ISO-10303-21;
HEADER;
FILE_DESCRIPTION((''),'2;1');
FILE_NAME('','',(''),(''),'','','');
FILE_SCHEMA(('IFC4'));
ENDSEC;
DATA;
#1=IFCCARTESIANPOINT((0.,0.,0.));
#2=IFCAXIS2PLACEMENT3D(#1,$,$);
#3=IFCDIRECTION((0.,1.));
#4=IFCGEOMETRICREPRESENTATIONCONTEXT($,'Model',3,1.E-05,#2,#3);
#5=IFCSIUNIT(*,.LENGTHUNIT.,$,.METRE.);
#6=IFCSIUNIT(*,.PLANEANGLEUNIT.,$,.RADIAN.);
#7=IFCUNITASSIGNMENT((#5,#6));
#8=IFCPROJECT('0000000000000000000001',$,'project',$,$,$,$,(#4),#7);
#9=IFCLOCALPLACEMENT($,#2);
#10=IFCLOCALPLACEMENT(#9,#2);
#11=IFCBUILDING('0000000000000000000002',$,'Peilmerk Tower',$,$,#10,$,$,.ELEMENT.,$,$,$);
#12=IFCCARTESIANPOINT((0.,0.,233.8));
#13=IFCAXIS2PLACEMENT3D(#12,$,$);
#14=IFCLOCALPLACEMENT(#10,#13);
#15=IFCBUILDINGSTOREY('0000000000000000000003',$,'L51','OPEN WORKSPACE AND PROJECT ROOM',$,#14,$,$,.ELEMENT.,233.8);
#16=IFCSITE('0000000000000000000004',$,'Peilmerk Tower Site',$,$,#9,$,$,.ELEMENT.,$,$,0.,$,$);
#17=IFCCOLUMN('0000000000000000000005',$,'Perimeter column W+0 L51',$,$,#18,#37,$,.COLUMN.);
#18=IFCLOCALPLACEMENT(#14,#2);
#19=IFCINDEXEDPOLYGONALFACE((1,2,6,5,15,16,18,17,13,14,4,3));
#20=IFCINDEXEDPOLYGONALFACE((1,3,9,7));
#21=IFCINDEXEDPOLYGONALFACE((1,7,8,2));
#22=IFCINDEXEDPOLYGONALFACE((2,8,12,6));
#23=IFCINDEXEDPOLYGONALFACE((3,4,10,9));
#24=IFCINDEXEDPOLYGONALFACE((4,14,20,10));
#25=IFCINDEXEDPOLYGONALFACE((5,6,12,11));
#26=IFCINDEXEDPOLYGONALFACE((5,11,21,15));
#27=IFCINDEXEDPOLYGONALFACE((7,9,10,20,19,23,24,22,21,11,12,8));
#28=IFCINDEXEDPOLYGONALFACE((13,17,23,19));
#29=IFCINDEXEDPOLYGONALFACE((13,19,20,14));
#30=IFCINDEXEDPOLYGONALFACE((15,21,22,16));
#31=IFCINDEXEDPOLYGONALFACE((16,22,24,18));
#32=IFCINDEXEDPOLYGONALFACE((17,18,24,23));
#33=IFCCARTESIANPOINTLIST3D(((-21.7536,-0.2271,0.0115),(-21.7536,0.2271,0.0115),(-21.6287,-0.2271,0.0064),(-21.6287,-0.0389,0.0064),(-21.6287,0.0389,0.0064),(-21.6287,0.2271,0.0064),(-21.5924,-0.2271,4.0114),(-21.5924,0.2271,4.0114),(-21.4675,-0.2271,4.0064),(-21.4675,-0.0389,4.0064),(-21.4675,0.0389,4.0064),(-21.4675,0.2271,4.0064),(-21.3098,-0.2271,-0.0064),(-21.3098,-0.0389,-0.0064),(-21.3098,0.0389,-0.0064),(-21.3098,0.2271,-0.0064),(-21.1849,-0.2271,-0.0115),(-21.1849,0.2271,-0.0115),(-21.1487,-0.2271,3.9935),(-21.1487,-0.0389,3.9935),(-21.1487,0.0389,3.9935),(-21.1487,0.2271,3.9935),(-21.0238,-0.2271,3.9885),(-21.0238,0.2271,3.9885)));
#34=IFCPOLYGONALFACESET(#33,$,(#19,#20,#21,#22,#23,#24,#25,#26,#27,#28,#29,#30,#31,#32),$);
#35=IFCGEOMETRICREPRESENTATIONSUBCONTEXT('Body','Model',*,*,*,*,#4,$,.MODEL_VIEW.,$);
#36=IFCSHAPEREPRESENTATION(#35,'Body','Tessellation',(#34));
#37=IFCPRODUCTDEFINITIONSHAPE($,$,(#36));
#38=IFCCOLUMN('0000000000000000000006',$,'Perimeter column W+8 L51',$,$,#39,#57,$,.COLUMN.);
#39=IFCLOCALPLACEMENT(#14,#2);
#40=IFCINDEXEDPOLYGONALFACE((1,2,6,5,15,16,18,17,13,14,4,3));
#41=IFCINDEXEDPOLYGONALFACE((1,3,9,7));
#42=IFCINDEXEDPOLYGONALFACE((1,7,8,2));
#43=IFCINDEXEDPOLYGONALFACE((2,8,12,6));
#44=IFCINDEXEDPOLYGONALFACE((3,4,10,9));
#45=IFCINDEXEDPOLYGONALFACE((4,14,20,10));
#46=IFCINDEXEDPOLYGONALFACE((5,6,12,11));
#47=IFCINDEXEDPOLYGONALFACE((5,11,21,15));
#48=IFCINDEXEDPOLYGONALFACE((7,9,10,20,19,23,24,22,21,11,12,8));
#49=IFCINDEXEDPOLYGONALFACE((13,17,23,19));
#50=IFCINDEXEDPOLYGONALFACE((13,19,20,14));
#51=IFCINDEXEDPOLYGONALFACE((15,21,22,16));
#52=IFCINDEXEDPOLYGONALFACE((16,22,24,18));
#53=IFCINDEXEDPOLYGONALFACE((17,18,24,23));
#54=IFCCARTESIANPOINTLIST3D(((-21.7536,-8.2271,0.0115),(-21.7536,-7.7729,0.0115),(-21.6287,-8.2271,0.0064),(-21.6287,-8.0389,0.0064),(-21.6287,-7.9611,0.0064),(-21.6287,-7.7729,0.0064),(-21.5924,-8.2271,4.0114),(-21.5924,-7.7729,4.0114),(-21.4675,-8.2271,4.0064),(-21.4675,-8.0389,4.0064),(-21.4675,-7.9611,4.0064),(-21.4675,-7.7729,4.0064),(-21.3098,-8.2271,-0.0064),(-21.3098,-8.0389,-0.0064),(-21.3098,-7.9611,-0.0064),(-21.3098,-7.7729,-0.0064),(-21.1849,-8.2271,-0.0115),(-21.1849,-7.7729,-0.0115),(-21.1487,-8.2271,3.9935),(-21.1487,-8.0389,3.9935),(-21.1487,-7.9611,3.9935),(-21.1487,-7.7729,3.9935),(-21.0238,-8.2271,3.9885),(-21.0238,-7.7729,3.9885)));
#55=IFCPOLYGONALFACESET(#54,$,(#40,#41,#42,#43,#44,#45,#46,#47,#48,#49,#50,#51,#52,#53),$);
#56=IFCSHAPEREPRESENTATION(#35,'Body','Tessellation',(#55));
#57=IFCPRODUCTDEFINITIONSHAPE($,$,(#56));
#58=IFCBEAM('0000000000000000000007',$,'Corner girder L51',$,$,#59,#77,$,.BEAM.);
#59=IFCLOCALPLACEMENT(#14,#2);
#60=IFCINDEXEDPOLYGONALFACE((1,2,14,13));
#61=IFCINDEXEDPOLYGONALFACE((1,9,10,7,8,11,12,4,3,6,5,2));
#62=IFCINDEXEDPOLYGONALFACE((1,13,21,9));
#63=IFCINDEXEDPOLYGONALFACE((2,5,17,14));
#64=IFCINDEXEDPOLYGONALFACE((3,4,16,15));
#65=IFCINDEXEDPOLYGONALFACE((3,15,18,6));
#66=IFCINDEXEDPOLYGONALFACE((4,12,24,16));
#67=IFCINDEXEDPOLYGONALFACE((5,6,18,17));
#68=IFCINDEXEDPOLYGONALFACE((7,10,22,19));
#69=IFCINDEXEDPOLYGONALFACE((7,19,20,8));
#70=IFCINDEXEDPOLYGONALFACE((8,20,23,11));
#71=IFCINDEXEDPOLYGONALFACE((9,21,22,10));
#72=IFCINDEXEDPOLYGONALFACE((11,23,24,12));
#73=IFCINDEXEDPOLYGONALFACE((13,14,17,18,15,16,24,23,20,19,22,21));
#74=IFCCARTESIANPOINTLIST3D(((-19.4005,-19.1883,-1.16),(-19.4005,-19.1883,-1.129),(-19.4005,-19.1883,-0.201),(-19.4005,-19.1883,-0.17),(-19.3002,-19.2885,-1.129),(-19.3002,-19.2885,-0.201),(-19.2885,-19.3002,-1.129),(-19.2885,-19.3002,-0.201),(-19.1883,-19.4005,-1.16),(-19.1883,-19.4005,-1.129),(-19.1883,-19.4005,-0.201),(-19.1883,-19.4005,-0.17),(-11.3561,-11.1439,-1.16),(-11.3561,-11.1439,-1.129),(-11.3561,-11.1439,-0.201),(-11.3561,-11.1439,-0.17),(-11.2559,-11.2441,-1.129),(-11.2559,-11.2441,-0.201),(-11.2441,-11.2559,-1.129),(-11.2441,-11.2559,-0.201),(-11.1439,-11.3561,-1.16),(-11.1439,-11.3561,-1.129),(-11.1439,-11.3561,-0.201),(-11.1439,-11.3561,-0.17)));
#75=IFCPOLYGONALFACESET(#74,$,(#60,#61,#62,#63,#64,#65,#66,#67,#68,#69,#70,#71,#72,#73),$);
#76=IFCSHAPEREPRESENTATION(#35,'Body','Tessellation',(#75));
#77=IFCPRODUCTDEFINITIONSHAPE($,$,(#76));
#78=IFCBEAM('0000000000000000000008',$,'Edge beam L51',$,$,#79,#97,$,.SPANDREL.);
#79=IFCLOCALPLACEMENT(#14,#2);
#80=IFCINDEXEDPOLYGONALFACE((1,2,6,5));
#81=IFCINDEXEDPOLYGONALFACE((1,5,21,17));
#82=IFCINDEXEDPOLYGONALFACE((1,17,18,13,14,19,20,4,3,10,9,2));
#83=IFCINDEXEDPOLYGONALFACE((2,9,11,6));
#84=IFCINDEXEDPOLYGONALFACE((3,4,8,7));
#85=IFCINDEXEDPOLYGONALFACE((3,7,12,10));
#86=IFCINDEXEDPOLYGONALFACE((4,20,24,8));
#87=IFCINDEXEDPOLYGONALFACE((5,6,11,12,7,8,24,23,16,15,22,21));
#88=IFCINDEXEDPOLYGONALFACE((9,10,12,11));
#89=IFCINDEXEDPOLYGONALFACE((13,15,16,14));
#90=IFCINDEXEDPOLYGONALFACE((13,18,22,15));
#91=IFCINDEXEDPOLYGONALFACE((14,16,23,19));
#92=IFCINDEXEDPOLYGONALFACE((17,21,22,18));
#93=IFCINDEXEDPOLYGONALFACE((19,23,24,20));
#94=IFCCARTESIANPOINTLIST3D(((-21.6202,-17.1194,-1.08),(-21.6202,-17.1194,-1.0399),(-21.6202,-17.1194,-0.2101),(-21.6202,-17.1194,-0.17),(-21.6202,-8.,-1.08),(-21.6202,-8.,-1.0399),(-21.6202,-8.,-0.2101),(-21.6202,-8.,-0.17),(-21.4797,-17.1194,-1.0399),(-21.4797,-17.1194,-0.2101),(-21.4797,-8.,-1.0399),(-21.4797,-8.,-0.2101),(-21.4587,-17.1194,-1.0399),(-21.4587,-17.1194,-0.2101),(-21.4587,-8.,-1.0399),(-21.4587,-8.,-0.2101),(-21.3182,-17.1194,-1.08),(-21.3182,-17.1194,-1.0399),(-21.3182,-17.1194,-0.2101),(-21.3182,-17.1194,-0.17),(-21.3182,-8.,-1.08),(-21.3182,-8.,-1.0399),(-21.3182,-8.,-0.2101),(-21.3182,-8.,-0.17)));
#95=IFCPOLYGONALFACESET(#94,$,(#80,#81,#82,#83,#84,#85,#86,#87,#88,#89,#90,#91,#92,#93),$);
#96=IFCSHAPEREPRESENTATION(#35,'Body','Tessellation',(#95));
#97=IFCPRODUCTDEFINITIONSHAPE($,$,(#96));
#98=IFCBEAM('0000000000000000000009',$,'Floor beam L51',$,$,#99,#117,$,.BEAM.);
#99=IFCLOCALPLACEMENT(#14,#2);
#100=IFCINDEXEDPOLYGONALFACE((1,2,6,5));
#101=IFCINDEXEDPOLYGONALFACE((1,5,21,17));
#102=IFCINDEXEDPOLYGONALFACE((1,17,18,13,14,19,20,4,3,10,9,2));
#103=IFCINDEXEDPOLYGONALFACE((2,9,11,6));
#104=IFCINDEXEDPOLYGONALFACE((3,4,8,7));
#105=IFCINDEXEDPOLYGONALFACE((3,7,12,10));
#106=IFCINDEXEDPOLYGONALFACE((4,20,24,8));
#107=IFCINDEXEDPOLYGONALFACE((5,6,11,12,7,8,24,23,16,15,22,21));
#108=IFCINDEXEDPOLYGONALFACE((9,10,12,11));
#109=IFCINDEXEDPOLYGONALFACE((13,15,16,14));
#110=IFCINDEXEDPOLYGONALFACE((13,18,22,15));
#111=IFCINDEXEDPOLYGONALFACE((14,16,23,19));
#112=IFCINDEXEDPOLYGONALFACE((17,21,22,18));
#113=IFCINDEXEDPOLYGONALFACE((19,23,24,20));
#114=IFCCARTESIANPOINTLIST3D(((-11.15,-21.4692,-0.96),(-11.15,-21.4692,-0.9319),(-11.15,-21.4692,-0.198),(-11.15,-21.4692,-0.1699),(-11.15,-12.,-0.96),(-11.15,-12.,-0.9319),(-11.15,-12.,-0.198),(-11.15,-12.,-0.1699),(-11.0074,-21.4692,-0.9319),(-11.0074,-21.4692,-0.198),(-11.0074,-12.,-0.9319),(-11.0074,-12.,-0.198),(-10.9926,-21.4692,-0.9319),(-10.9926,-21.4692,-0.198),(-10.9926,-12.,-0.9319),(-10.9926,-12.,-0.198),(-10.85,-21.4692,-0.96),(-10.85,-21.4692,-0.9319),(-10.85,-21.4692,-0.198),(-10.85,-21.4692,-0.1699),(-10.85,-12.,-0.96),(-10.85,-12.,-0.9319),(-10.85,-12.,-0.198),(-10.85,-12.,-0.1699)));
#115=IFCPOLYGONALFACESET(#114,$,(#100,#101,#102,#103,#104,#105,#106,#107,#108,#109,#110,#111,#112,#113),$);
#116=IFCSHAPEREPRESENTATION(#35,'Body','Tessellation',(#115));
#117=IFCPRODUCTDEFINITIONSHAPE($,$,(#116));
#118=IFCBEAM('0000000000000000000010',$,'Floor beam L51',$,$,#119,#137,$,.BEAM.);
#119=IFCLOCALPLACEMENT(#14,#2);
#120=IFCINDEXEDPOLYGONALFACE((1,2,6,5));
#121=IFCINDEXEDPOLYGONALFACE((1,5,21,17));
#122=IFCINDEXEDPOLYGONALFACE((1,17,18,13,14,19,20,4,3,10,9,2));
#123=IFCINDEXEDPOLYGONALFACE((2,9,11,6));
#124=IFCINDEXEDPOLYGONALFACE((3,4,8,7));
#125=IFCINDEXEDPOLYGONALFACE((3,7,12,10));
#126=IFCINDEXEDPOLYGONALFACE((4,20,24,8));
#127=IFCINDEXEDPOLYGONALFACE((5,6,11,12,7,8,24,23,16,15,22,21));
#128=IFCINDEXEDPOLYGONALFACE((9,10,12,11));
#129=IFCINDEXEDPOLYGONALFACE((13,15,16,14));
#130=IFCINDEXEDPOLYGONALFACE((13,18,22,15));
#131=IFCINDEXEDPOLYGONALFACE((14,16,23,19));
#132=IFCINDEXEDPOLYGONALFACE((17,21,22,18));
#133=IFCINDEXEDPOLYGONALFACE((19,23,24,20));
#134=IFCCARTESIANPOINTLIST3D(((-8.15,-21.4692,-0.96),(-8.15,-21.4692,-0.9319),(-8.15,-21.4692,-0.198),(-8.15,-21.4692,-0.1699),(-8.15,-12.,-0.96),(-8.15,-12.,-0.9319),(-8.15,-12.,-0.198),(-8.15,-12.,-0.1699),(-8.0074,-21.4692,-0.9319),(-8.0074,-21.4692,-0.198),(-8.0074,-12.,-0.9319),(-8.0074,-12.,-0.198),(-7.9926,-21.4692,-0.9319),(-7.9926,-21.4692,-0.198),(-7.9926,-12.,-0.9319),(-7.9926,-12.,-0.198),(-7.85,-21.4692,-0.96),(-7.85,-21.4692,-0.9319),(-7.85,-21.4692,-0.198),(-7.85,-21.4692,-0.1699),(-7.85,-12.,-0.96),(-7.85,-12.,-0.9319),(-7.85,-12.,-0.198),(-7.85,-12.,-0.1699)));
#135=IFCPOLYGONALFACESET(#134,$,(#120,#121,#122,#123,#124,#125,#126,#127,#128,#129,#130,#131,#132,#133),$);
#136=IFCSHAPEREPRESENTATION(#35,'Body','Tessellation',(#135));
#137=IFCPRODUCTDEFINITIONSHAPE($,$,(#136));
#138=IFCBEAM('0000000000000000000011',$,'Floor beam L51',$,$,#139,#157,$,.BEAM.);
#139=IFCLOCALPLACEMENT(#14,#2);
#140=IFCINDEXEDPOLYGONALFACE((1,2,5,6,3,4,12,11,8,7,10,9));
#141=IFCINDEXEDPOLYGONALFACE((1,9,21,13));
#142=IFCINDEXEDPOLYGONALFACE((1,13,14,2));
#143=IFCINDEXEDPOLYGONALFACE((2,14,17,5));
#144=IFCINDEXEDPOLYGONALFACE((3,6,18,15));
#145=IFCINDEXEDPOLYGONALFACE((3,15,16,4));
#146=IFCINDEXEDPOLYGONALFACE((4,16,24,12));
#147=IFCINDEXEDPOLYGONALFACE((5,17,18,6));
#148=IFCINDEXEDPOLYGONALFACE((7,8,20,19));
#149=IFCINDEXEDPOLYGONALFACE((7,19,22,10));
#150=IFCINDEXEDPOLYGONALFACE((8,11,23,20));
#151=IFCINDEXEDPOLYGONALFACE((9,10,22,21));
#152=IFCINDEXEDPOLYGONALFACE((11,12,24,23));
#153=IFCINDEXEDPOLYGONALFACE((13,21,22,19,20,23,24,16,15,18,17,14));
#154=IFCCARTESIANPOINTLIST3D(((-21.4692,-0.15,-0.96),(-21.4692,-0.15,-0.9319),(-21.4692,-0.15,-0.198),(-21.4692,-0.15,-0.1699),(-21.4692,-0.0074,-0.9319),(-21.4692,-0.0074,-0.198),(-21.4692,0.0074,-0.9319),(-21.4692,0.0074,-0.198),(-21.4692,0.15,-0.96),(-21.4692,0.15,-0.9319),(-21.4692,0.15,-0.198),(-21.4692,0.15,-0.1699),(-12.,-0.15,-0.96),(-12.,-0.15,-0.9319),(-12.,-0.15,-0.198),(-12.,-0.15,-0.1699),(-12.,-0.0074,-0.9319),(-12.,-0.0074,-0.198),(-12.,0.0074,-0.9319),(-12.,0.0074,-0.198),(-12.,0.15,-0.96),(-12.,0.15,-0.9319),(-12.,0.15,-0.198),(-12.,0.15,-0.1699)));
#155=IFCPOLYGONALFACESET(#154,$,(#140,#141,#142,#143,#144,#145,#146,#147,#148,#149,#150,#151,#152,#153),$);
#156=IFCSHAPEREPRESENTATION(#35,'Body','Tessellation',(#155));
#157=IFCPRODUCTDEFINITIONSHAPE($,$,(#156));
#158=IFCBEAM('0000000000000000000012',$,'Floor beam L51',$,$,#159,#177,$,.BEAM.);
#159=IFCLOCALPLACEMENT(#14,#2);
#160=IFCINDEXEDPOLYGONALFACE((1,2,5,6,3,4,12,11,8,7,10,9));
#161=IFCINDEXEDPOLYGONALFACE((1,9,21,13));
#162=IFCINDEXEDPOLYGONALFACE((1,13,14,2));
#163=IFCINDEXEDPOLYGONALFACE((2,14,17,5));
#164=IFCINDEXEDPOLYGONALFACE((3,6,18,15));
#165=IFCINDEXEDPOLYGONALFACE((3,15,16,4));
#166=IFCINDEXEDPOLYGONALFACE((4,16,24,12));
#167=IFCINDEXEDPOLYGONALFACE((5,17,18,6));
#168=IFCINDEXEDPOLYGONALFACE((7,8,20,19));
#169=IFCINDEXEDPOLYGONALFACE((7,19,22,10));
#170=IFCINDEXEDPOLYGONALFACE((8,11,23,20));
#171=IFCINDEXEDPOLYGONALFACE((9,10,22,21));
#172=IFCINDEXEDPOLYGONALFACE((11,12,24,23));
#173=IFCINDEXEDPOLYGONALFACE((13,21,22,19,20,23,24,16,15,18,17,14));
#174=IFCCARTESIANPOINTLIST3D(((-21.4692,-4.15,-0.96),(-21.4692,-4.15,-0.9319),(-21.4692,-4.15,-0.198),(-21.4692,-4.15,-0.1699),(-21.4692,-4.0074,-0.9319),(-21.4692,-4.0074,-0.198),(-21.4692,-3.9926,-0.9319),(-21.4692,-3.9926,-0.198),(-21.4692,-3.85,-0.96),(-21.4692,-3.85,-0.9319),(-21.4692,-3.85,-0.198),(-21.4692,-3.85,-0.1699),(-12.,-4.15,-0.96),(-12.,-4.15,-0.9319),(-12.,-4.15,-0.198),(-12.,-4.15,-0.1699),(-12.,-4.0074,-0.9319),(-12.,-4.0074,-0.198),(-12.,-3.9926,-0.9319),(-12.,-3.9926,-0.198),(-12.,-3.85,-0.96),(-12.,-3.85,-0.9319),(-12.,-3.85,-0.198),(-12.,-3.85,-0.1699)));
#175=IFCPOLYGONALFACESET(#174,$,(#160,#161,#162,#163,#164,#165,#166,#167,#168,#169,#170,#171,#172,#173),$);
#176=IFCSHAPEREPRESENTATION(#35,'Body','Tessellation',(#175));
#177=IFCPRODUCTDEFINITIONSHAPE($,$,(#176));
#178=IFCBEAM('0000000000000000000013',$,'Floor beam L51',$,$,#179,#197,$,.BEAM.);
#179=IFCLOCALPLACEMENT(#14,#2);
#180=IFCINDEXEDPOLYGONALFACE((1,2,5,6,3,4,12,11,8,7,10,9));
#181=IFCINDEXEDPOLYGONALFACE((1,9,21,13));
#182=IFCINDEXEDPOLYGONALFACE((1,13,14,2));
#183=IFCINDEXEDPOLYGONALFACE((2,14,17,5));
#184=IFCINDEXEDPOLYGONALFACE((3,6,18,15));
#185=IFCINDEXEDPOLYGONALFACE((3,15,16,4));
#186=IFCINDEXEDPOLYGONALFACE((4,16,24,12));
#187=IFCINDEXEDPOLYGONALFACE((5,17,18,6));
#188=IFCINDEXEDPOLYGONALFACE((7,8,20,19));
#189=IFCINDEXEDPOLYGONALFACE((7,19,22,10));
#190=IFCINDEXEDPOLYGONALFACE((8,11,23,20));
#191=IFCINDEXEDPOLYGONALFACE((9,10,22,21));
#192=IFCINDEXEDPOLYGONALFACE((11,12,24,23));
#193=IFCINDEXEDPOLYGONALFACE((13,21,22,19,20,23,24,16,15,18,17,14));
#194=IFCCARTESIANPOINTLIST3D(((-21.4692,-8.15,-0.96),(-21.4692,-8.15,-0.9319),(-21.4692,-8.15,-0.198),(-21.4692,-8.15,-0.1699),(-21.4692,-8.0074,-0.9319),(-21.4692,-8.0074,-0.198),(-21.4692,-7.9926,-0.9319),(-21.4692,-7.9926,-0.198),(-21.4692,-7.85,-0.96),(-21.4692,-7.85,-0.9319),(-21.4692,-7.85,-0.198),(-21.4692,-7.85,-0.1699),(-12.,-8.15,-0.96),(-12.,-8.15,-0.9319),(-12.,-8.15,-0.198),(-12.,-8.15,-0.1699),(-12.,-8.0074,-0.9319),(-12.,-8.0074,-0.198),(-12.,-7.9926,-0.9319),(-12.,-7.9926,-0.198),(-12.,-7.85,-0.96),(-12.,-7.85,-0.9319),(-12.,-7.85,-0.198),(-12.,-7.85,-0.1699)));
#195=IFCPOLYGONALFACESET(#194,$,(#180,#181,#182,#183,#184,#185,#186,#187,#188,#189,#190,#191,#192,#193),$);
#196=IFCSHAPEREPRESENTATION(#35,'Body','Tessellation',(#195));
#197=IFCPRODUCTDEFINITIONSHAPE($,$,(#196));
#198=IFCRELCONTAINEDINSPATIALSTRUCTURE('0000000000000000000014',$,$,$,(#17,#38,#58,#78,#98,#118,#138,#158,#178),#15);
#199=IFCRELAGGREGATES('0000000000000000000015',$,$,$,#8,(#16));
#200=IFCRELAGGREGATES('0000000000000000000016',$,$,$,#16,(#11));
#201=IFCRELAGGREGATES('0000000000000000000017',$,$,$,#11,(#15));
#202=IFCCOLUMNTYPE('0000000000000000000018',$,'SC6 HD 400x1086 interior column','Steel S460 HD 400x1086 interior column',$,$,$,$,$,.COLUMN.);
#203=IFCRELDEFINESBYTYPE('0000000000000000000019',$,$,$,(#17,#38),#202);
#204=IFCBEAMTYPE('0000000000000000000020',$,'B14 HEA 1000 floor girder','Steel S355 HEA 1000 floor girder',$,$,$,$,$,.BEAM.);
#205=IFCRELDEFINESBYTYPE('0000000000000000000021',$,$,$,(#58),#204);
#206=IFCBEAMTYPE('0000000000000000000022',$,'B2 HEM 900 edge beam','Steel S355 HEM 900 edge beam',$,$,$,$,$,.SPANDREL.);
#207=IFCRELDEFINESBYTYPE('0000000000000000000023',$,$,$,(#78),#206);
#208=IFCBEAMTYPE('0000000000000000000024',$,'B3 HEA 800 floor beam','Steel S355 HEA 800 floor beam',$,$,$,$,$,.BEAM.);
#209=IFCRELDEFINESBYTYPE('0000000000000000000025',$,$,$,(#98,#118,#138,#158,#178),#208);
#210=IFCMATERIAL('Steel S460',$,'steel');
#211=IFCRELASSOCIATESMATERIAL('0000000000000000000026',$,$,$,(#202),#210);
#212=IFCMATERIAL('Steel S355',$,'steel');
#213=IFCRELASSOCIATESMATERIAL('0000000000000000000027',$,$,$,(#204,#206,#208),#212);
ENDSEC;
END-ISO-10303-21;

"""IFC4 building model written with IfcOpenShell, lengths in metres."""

from ifc_helpers import new_model, si_unit, direction, frame, origin, origin_2d, place, context, subcontext, project, spatial, i_section, extrude, material, material_profile, profile_set, type_object, element, save


model = new_model("IFC4")

# Units and contexts
model_context = context("Model", 3, precision=1e-05, world=origin(), true_north=direction((0.0, 1.0)))
body_context = subcontext(model_context, "Body", "Model", "MODEL_VIEW")
ifc_project = project(units=[si_unit("LENGTHUNIT", "METRE"), si_unit("PLANEANGLEUNIT", "RADIAN")], contexts=[model_context])

# Site, building, storey
site_placement = place(None, origin())
site = spatial("IfcSite", under=ifc_project, at=site_placement, Name="Peilmerk Tower Site", CompositionType="ELEMENT", RefElevation=0.0)
building_placement = place(site_placement, origin())
building = spatial("IfcBuilding", under=site, at=building_placement, Name="Peilmerk Tower", CompositionType="ELEMENT")
storey_placement = place(building_placement, frame((0.0, 0.0, 233.8)))
storey = spatial("IfcBuildingStorey", under=building, at=storey_placement, Name="L51", Description="OPEN WORKSPACE AND PROJECT ROOM", CompositionType="ELEMENT", Elevation=233.8)

# Columns
ifc_material_1 = material(Name="Steel S460", Category="steel")
ifc_material_profile_1 = material_profile(ifc_material_1, i_section(OverallWidth=0.4541, OverallDepth=0.5691, WebThickness=0.0779, FlangeThickness=0.125, at=origin_2d()), Name="HD 400x1086")
ifc_profile_set_1 = profile_set([ifc_material_profile_1], Name="Steel S460")
column_type = type_object("IfcColumnType", Name="SC6 HD 400x1086 interior column", Description="Steel S460 HD 400x1086 interior column", PredefinedType="COLUMN", material=ifc_profile_set_1)
for number, where, z_axis, x_axis, name in (
    (1, (-21.4692, 0.0, 0.0), (0.040251, 0.0, 0.99919), (0.0, 1.0, 0.0), "Perimeter column W+0 L51"),
    (2, (-21.4692, -8.0, 0.0), (0.040251, 0.0, 0.99919), (0.0, 1.0, 0.0), "Perimeter column W+8 L51"),
):
    element("IfcColumn", number, at=place(storey_placement, frame(where, z_axis=z_axis, x_axis=x_axis)), inside=storey, type_object=column_type, Name=name, PredefinedType="COLUMN", context=body_context, shape_type="SweptSolid", body=[
        extrude(i_section(OverallWidth=0.4541, OverallDepth=0.5691, WebThickness=0.0779, FlangeThickness=0.125, at=origin_2d()), origin(), (0.0, 0.0, 1.0), 4.0032),
    ])

# Beams
ifc_material_2 = material(Name="Steel S355", Category="steel")
ifc_material_profile_2 = material_profile(ifc_material_2, i_section(OverallWidth=0.3, OverallDepth=0.99, WebThickness=0.0166, FlangeThickness=0.031, at=origin_2d()), Name="HEA 1000")
ifc_profile_set_2 = profile_set([ifc_material_profile_2], Name="Steel S355")
beam_type_1 = type_object("IfcBeamType", Name="B14 HEA 1000 floor girder", Description="Steel S355 HEA 1000 floor girder", PredefinedType="BEAM", material=ifc_profile_set_2)
beam_1_placement = place(storey_placement, frame((-11.25, -11.25, -0.665), z_axis=(-0.707107, -0.707107, 0.0), x_axis=(0.707107, -0.707107, 0.0)))
element("IfcBeam", 3, at=beam_1_placement, inside=storey, type_object=beam_type_1, Name="Corner girder L51", PredefinedType="BEAM", context=body_context, shape_type="SweptSolid", body=[
    extrude(i_section(OverallWidth=0.3, OverallDepth=0.99, WebThickness=0.0166, FlangeThickness=0.031, at=origin_2d()), origin(), (0.0, 0.0, 1.0), 11.3765),
])
ifc_material_profile_3 = material_profile(ifc_material_2, i_section(OverallWidth=0.302, OverallDepth=0.9099, WebThickness=0.021, FlangeThickness=0.04, at=origin_2d()), Name="HEM 900")
ifc_profile_set_3 = profile_set([ifc_material_profile_3], Name="Steel S355")
beam_type_2 = type_object("IfcBeamType", Name="B2 HEM 900 edge beam", Description="Steel S355 HEM 900 edge beam", PredefinedType="SPANDREL", material=ifc_profile_set_3)
beam_2_placement = place(storey_placement, frame((-21.4692, -8.0, -0.625), z_axis=(0.0, -1.0, 0.0), x_axis=(1.0, 0.0, 0.0)))
element("IfcBeam", 4, at=beam_2_placement, inside=storey, type_object=beam_type_2, Name="Edge beam L51", PredefinedType="SPANDREL", context=body_context, shape_type="SweptSolid", body=[
    extrude(i_section(OverallWidth=0.302, OverallDepth=0.9099, WebThickness=0.021, FlangeThickness=0.04, at=origin_2d()), origin(), (0.0, 0.0, 1.0), 9.1194),
])
ifc_material_profile_4 = material_profile(ifc_material_2, i_section(OverallWidth=0.3, OverallDepth=0.79, WebThickness=0.0149, FlangeThickness=0.0281, at=origin_2d()), Name="HEA 800")
ifc_profile_set_4 = profile_set([ifc_material_profile_4], Name="Steel S355")
beam_type_3 = type_object("IfcBeamType", Name="B3 HEA 800 floor beam", Description="Steel S355 HEA 800 floor beam", PredefinedType="BEAM", material=ifc_profile_set_4)
for number, where, z_axis, x_axis, name in (
    (5, (-11.0, -12.0, -0.5649), (0.0, -1.0, 0.0), (1.0, 0.0, 0.0), "Floor beam L51"),
    (6, (-8.0, -12.0, -0.5649), (0.0, -1.0, 0.0), (1.0, 0.0, 0.0), "Floor beam L51"),
    (7, (-12.0, 0.0, -0.5649), (-1.0, 0.0, 0.0), (0.0, -1.0, 0.0), "Floor beam L51"),
    (8, (-12.0, -4.0, -0.5649), (-1.0, 0.0, 0.0), (0.0, -1.0, 0.0), "Floor beam L51"),
    (9, (-12.0, -8.0, -0.5649), (-1.0, 0.0, 0.0), (0.0, -1.0, 0.0), "Floor beam L51"),
):
    element("IfcBeam", number, at=place(storey_placement, frame(where, z_axis=z_axis, x_axis=x_axis)), inside=storey, type_object=beam_type_3, Name=name, PredefinedType="BEAM", context=body_context, shape_type="SweptSolid", body=[
        extrude(i_section(OverallWidth=0.3, OverallDepth=0.79, WebThickness=0.0149, FlangeThickness=0.0281, at=origin_2d()), origin(), (0.0, 0.0, 1.0), 9.4692),
    ])

save(model, "model.ifc")
